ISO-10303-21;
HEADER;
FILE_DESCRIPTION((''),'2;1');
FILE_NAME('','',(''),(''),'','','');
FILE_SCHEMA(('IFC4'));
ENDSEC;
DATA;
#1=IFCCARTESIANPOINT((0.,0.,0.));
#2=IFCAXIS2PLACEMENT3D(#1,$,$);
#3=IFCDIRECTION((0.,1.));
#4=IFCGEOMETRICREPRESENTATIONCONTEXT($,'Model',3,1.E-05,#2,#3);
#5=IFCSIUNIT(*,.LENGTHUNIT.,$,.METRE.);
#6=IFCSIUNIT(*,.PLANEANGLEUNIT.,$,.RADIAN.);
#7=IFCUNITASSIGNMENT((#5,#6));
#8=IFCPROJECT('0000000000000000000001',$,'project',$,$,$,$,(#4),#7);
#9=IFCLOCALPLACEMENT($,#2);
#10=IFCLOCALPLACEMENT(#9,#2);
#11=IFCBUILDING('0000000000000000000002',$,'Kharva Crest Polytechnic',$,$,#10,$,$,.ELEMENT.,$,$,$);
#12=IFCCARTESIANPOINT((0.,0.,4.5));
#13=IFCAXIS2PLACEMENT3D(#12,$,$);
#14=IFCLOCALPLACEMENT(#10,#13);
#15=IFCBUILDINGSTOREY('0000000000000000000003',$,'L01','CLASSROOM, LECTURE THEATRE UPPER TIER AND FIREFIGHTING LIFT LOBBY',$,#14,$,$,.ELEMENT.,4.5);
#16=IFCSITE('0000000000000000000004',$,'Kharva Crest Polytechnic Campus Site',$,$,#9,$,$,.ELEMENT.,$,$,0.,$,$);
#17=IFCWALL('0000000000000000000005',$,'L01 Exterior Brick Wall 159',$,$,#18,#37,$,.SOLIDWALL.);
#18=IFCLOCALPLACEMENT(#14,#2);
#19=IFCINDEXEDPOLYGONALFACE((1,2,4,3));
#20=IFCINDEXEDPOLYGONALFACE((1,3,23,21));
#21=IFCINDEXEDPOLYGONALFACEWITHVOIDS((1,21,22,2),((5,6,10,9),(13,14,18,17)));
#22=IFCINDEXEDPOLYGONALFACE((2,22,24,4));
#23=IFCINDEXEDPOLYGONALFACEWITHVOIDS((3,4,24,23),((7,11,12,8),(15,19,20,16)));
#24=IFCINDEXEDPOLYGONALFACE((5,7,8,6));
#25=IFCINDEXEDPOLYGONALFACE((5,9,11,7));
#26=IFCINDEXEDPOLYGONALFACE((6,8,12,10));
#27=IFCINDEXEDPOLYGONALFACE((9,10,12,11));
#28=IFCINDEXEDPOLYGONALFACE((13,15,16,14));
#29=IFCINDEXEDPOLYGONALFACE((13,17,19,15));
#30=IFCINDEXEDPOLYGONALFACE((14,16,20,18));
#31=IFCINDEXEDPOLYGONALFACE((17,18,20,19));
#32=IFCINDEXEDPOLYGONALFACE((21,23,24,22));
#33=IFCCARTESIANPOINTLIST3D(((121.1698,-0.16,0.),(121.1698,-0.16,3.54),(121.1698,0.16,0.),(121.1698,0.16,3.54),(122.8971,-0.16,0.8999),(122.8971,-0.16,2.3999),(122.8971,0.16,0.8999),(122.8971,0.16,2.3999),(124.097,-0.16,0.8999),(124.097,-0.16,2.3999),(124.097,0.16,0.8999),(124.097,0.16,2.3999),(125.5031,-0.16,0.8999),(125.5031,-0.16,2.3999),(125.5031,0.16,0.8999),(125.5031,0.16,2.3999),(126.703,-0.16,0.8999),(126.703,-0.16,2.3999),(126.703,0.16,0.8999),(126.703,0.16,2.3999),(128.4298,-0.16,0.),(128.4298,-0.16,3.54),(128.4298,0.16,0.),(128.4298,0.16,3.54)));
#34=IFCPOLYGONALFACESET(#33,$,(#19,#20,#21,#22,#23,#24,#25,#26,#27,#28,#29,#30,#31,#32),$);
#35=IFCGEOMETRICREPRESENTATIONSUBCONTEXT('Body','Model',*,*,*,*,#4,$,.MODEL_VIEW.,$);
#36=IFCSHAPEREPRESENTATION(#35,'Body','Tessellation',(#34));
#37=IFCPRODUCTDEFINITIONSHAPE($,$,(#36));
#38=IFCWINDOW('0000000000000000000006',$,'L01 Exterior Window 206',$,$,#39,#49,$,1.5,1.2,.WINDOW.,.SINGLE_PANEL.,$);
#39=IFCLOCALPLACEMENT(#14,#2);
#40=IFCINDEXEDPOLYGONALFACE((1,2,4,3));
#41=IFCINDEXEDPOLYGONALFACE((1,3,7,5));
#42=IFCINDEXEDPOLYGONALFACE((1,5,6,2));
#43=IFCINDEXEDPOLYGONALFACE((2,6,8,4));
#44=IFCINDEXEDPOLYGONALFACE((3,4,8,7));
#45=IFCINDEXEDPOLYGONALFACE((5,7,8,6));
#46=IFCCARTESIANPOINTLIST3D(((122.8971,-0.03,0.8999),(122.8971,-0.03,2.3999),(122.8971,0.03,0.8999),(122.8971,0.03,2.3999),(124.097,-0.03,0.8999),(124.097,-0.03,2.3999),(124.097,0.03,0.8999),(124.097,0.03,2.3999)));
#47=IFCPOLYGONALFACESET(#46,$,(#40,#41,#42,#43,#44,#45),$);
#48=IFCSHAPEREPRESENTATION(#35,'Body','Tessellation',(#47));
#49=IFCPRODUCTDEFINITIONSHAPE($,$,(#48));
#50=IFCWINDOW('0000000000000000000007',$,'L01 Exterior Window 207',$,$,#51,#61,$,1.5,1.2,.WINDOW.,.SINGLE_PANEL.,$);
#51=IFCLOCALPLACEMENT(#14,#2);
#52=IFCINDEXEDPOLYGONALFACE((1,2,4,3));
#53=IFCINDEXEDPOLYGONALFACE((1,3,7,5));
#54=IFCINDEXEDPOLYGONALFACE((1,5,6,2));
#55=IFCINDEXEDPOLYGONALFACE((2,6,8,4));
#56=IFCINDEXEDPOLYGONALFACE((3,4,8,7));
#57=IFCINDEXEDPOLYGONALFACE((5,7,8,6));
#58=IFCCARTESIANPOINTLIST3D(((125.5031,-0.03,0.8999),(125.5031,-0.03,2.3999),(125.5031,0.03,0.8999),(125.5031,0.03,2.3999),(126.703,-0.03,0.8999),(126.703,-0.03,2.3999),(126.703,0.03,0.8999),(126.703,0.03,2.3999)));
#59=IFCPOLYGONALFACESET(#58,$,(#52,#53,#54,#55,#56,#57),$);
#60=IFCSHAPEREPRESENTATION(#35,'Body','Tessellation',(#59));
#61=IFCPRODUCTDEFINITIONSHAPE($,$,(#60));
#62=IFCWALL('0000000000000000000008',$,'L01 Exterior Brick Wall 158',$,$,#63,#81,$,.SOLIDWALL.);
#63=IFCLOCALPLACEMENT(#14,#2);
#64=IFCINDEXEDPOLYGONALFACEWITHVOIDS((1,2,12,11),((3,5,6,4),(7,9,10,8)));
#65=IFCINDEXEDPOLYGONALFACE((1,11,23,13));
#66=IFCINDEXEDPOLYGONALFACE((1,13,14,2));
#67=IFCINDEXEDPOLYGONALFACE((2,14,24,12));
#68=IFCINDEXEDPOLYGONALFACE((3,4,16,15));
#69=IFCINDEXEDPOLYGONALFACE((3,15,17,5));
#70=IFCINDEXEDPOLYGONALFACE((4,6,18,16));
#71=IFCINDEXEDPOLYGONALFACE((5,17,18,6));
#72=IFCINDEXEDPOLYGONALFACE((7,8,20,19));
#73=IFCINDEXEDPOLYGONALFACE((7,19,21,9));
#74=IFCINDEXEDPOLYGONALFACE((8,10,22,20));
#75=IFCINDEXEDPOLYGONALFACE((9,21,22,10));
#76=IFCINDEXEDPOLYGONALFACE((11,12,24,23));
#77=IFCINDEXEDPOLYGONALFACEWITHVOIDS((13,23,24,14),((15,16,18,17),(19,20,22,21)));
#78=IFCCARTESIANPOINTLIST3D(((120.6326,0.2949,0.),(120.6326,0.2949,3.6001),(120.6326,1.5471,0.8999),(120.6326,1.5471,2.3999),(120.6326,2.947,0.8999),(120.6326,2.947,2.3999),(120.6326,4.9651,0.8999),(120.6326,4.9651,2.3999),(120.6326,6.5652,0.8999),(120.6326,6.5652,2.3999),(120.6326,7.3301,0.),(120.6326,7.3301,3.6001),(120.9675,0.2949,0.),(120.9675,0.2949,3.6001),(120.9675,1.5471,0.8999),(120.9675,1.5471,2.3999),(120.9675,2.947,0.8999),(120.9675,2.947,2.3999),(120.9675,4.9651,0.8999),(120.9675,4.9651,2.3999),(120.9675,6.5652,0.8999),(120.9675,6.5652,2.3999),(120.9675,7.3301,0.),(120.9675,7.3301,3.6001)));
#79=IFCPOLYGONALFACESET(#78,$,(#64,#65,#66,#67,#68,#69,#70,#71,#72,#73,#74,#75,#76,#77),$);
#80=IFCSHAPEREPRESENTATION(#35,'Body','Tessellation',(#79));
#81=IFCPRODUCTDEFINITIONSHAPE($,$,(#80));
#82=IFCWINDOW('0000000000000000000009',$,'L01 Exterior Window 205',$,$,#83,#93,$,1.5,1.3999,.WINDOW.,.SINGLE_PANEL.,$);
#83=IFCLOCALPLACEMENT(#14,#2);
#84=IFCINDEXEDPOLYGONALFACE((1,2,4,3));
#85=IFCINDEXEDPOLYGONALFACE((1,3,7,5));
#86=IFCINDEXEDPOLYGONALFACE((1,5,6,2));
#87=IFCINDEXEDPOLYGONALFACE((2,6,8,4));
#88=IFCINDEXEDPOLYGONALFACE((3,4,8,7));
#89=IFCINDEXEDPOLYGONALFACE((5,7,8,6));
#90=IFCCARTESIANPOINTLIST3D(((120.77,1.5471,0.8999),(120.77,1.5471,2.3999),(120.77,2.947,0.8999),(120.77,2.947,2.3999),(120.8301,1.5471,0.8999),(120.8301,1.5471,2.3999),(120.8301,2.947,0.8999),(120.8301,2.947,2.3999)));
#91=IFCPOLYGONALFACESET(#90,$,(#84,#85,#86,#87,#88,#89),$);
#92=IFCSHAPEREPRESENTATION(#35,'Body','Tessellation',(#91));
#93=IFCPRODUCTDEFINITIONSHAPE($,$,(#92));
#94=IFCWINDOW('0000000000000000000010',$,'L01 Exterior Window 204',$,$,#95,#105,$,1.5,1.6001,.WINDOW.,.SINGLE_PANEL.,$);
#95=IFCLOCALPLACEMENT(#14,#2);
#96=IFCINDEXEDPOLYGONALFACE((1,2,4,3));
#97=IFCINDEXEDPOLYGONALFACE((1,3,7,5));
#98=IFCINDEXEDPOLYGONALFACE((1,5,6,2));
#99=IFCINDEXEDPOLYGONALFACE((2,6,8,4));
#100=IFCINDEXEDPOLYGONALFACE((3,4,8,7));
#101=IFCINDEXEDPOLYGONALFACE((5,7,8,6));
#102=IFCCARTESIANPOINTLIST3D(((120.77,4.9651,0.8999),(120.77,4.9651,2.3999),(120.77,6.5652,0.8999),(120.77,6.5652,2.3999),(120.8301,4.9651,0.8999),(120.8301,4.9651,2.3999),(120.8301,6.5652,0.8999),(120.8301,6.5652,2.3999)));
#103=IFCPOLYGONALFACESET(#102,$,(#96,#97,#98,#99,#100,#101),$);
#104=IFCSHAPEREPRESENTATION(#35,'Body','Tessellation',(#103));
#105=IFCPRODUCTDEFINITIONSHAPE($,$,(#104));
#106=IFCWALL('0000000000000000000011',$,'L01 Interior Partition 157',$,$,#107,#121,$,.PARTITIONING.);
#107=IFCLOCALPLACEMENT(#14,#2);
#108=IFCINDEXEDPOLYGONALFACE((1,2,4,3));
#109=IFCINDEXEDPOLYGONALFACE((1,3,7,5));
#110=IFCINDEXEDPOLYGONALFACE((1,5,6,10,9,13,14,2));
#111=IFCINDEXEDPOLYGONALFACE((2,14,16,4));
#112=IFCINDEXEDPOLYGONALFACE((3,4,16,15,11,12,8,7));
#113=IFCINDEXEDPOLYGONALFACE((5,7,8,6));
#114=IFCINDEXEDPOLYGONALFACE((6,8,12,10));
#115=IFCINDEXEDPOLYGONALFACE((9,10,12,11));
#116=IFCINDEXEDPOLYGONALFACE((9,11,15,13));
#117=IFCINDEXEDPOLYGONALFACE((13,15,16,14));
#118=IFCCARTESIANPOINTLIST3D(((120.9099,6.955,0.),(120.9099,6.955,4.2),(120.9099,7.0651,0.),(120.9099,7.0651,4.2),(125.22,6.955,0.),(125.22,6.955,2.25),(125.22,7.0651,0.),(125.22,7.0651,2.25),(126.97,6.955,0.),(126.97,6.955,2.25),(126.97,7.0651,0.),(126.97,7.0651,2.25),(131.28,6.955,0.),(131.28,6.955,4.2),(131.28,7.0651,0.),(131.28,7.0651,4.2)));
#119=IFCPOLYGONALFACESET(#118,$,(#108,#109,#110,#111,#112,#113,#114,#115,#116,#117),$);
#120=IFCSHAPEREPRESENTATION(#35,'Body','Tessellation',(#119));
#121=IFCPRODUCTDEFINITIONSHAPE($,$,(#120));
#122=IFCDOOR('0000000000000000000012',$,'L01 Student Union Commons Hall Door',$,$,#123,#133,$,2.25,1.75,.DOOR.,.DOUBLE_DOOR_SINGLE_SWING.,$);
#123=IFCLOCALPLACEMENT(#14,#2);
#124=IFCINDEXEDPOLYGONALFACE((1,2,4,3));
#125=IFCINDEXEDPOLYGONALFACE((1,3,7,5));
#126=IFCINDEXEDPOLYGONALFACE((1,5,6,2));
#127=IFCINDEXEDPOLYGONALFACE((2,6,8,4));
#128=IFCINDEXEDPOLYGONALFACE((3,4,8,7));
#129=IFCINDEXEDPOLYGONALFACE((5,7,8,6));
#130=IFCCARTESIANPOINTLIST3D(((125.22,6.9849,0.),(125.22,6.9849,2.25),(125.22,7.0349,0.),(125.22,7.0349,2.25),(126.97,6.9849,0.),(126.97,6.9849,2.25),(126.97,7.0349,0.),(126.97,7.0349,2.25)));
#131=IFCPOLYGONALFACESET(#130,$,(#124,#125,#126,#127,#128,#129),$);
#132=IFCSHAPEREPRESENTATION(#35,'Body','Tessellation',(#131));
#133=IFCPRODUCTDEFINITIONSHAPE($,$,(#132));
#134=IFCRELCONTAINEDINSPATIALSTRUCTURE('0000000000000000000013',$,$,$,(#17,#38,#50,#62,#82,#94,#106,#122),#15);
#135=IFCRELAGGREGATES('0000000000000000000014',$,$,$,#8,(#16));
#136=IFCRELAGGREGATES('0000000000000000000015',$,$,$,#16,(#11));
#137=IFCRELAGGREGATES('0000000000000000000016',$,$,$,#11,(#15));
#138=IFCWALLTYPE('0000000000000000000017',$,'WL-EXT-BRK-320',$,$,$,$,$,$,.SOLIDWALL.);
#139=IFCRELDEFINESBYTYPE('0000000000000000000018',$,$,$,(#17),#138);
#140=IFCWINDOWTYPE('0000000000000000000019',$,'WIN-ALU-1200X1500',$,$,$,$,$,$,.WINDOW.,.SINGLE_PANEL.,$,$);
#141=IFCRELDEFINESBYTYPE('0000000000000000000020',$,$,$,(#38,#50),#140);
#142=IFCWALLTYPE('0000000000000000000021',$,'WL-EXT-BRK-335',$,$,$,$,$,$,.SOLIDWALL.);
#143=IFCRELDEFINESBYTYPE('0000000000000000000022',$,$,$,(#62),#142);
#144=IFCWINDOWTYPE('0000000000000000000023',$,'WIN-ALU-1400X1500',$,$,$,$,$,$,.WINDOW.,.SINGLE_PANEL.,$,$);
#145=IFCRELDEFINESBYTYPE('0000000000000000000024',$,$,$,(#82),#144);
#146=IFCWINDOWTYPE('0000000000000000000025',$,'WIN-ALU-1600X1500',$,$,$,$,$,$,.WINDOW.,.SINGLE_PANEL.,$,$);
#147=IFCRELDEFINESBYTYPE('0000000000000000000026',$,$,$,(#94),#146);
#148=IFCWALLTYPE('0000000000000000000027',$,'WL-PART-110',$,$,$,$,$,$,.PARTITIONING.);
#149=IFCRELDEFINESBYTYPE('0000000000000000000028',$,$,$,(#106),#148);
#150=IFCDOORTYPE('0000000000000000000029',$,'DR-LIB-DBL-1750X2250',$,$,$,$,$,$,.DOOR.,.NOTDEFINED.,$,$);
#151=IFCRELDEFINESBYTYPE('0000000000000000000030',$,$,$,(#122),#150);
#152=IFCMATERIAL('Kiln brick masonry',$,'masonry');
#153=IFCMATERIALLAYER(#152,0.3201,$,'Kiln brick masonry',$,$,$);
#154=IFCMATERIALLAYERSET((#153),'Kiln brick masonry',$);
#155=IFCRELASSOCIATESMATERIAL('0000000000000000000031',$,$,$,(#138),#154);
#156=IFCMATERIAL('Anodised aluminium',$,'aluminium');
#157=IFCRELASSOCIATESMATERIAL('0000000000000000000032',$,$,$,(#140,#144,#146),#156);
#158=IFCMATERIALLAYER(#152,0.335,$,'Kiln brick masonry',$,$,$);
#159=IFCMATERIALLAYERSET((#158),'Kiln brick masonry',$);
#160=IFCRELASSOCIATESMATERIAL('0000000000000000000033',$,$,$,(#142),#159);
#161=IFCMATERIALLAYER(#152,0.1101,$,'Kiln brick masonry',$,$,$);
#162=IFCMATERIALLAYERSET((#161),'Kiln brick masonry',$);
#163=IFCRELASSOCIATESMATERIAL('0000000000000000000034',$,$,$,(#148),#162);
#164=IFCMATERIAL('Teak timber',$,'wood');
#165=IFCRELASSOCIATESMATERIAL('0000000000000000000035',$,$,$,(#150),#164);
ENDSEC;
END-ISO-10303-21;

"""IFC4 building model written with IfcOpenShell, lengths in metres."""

from ifc_helpers import new_model, si_unit, direction, frame, frame_2d, origin, place, context, subcontext, project, spatial, rectangle, extrude, material, layer, layer_set, type_object, element, fill, save


model = new_model("IFC4")

# Units and contexts
model_context = context("Model", 3, precision=1e-05, world=origin(), true_north=direction((0.0, 1.0)))
body_context = subcontext(model_context, "Body", "Model", "MODEL_VIEW")
ifc_project = project(units=[si_unit("LENGTHUNIT", "METRE"), si_unit("PLANEANGLEUNIT", "RADIAN")], contexts=[model_context])

# Site, building, storey
site_placement = place(None, origin())
site = spatial("IfcSite", under=ifc_project, at=site_placement, Name="Kharva Crest Polytechnic Campus Site", CompositionType="ELEMENT", RefElevation=0.0)
building_placement = place(site_placement, origin())
building = spatial("IfcBuilding", under=site, at=building_placement, Name="Kharva Crest Polytechnic", CompositionType="ELEMENT")
storey_placement = place(building_placement, frame((0.0, 0.0, 4.5)))
storey = spatial("IfcBuildingStorey", under=building, at=storey_placement, Name="L01", Description="CLASSROOM, LECTURE THEATRE UPPER TIER AND FIREFIGHTING LIFT LOBBY", CompositionType="ELEMENT", Elevation=4.5)

# Walls, openings, windows
ifc_material_1 = material(Name="Kiln brick masonry", Category="masonry")
ifc_layer_1 = layer(ifc_material_1, 0.3201, Name="Kiln brick masonry")
ifc_layer_set_1 = layer_set([ifc_layer_1], Name="Kiln brick masonry")
wall_type_1 = type_object("IfcWallType", Name="WL-EXT-BRK-320", PredefinedType="SOLIDWALL", material=ifc_layer_set_1)
wall_1_placement = place(storey_placement, frame((121.1699, 0.0, 0.0), z_axis=(0.0, 0.0, 1.0), x_axis=(1.0, 0.0, 0.0)))
wall_1 = element("IfcWall", 1, at=wall_1_placement, inside=storey, type_object=wall_type_1, Name="L01 Exterior Brick Wall 159", PredefinedType="SOLIDWALL", context=body_context, shape_type="SweptSolid", body=[
    extrude(rectangle(XDim=7.26, YDim=0.3201, at=frame_2d((3.6299, 0.0))), origin(), (0.0, 0.0, 1.0), 3.54),
])
opening_1_placement = place(wall_1_placement, frame((1.7271, 0.0, 0.8999)))
opening_1 = element("IfcOpeningElement", 2, at=opening_1_placement, cuts=wall_1, PredefinedType="OPENING", context=body_context, shape_type="SweptSolid", body=[
    extrude(rectangle(XDim=1.2, YDim=1.5, at=frame_2d((0.6001, 0.75))), frame((0.0, 0.1699, 0.0), z_axis=(0.0, -1.0, 0.0), x_axis=(1.0, 0.0, 0.0)), (0.0, 0.0, 1.0), 0.3401),
])
opening_2_placement = place(wall_1_placement, frame((4.333, 0.0, 0.8999)))
opening_2 = element("IfcOpeningElement", 3, at=opening_2_placement, cuts=wall_1, PredefinedType="OPENING", context=body_context, shape_type="SweptSolid", body=[
    extrude(rectangle(XDim=1.2, YDim=1.5, at=frame_2d((0.6001, 0.75))), frame((0.0, 0.1699, 0.0), z_axis=(0.0, -1.0, 0.0), x_axis=(1.0, 0.0, 0.0)), (0.0, 0.0, 1.0), 0.3401),
])
ifc_material_2 = material(Name="Anodised aluminium", Category="aluminium")
window_type_1 = type_object("IfcWindowType", Name="WIN-ALU-1200X1500", PartitioningType="SINGLE_PANEL", PredefinedType="WINDOW", material=ifc_material_2)
window_1_placement = place(opening_1_placement, origin())
window_1 = element("IfcWindow", 4, at=window_1_placement, inside=storey, type_object=window_type_1, Name="L01 Exterior Window 206", OverallHeight=1.5, OverallWidth=1.2, PartitioningType="SINGLE_PANEL", PredefinedType="WINDOW", context=body_context, shape_type="SweptSolid", body=[
    extrude(rectangle(XDim=1.2, YDim=1.5, at=frame_2d((0.6001, 0.75))), frame((0.0, 0.03, 0.0), z_axis=(0.0, -1.0, 0.0), x_axis=(1.0, 0.0, 0.0)), (0.0, 0.0, 1.0), 0.0601),
])
fill(opening_1, window_1)
window_2_placement = place(opening_2_placement, origin())
window_2 = element("IfcWindow", 5, at=window_2_placement, inside=storey, type_object=window_type_1, Name="L01 Exterior Window 207", OverallHeight=1.5, OverallWidth=1.2, PartitioningType="SINGLE_PANEL", PredefinedType="WINDOW", context=body_context, shape_type="SweptSolid", body=[
    extrude(rectangle(XDim=1.2, YDim=1.5, at=frame_2d((0.6001, 0.75))), frame((0.0, 0.03, 0.0), z_axis=(0.0, -1.0, 0.0), x_axis=(1.0, 0.0, 0.0)), (0.0, 0.0, 1.0), 0.0601),
])
fill(opening_2, window_2)
ifc_layer_2 = layer(ifc_material_1, 0.335, Name="Kiln brick masonry")
ifc_layer_set_2 = layer_set([ifc_layer_2], Name="Kiln brick masonry")
wall_type_2 = type_object("IfcWallType", Name="WL-EXT-BRK-335", PredefinedType="SOLIDWALL", material=ifc_layer_set_2)
wall_2_placement = place(storey_placement, frame((120.8, 7.3301, 0.0), z_axis=(0.0, 0.0, 1.0), x_axis=(0.0, -1.0, 0.0)))
wall_2 = element("IfcWall", 6, at=wall_2_placement, inside=storey, type_object=wall_type_2, Name="L01 Exterior Brick Wall 158", PredefinedType="SOLIDWALL", context=body_context, shape_type="SweptSolid", body=[
    extrude(rectangle(XDim=7.0352, YDim=0.335, at=frame_2d((3.5176, 0.0))), origin(), (0.0, 0.0, 1.0), 3.6001),
])
opening_3_placement = place(wall_2_placement, frame((0.7649, 0.0, 0.8999)))
opening_3 = element("IfcOpeningElement", 7, at=opening_3_placement, cuts=wall_2, PredefinedType="OPENING", context=body_context, shape_type="SweptSolid", body=[
    extrude(rectangle(XDim=1.6001, YDim=1.5, at=frame_2d((0.8, 0.75))), frame((0.0, 0.1775, 0.0), z_axis=(0.0, -1.0, 0.0), x_axis=(1.0, 0.0, 0.0)), (0.0, 0.0, 1.0), 0.355),
])
opening_4_placement = place(wall_2_placement, frame((4.3831, 0.0, 0.8999)))
opening_4 = element("IfcOpeningElement", 8, at=opening_4_placement, cuts=wall_2, PredefinedType="OPENING", context=body_context, shape_type="SweptSolid", body=[
    extrude(rectangle(XDim=1.3999, YDim=1.5, at=frame_2d((0.7, 0.75))), frame((0.0, 0.1775, 0.0), z_axis=(0.0, -1.0, 0.0), x_axis=(1.0, 0.0, 0.0)), (0.0, 0.0, 1.0), 0.355),
])
window_type_2 = type_object("IfcWindowType", Name="WIN-ALU-1400X1500", PartitioningType="SINGLE_PANEL", PredefinedType="WINDOW", material=ifc_material_2)
window_3_placement = place(opening_4_placement, origin())
window_3 = element("IfcWindow", 9, at=window_3_placement, inside=storey, type_object=window_type_2, Name="L01 Exterior Window 205", OverallHeight=1.5, OverallWidth=1.3999, PartitioningType="SINGLE_PANEL", PredefinedType="WINDOW", context=body_context, shape_type="SweptSolid", body=[
    extrude(rectangle(XDim=1.3999, YDim=1.5, at=frame_2d((0.7, 0.75))), frame((0.0, 0.03, 0.0), z_axis=(0.0, -1.0, 0.0), x_axis=(1.0, 0.0, 0.0)), (0.0, 0.0, 1.0), 0.0601),
])
fill(opening_4, window_3)
window_type_3 = type_object("IfcWindowType", Name="WIN-ALU-1600X1500", PartitioningType="SINGLE_PANEL", PredefinedType="WINDOW", material=ifc_material_2)
window_4_placement = place(opening_3_placement, origin())
window_4 = element("IfcWindow", 10, at=window_4_placement, inside=storey, type_object=window_type_3, Name="L01 Exterior Window 204", OverallHeight=1.5, OverallWidth=1.6001, PartitioningType="SINGLE_PANEL", PredefinedType="WINDOW", context=body_context, shape_type="SweptSolid", body=[
    extrude(rectangle(XDim=1.6001, YDim=1.5, at=frame_2d((0.8, 0.75))), frame((0.0, 0.03, 0.0), z_axis=(0.0, -1.0, 0.0), x_axis=(1.0, 0.0, 0.0)), (0.0, 0.0, 1.0), 0.0601),
])
fill(opening_3, window_4)

# Wall, opening, door
ifc_layer_3 = layer(ifc_material_1, 0.1101, Name="Kiln brick masonry")
ifc_layer_set_3 = layer_set([ifc_layer_3], Name="Kiln brick masonry")
wall_type_3 = type_object("IfcWallType", Name="WL-PART-110", PredefinedType="PARTITIONING", material=ifc_layer_set_3)
wall_3_placement = place(storey_placement, frame((120.9099, 7.01, 0.0), z_axis=(0.0, 0.0, 1.0), x_axis=(1.0, 0.0, 0.0)))
wall_3 = element("IfcWall", 11, at=wall_3_placement, inside=storey, type_object=wall_type_3, Name="L01 Interior Partition 157", PredefinedType="PARTITIONING", context=body_context, shape_type="SweptSolid", body=[
    extrude(rectangle(XDim=10.3701, YDim=0.1101, at=frame_2d((5.1851, 0.0))), origin(), (0.0, 0.0, 1.0), 4.2),
])
opening_5_placement = place(wall_3_placement, frame((4.3101, 0.0, 0.0)))
opening_5 = element("IfcOpeningElement", 12, at=opening_5_placement, cuts=wall_3, PredefinedType="OPENING", context=body_context, shape_type="SweptSolid", body=[
    extrude(rectangle(XDim=1.75, YDim=2.25, at=frame_2d((0.875, 1.125))), frame((0.0, 0.0649, 0.0), z_axis=(0.0, -1.0, 0.0), x_axis=(1.0, 0.0, 0.0)), (0.0, 0.0, 1.0), 0.1301),
])
ifc_material_3 = material(Name="Teak timber", Category="wood")
door_type = type_object("IfcDoorType", Name="DR-LIB-DBL-1750X2250", OperationType="NOTDEFINED", PredefinedType="DOOR", material=ifc_material_3)
door_placement = place(opening_5_placement, origin())
door = element("IfcDoor", 13, at=door_placement, inside=storey, type_object=door_type, Name="L01 Student Union Commons Hall Door", OperationType="DOUBLE_DOOR_SINGLE_SWING", OverallHeight=2.25, OverallWidth=1.75, PredefinedType="DOOR", context=body_context, shape_type="SweptSolid", body=[
    extrude(rectangle(XDim=1.75, YDim=2.25, at=frame_2d((0.875, 1.125))), frame((0.0, 0.0249, 0.0), z_axis=(0.0, -1.0, 0.0), x_axis=(1.0, 0.0, 0.0)), (0.0, 0.0, 1.0), 0.05),
])
fill(opening_5, door)

save(model, "model.ifc")
